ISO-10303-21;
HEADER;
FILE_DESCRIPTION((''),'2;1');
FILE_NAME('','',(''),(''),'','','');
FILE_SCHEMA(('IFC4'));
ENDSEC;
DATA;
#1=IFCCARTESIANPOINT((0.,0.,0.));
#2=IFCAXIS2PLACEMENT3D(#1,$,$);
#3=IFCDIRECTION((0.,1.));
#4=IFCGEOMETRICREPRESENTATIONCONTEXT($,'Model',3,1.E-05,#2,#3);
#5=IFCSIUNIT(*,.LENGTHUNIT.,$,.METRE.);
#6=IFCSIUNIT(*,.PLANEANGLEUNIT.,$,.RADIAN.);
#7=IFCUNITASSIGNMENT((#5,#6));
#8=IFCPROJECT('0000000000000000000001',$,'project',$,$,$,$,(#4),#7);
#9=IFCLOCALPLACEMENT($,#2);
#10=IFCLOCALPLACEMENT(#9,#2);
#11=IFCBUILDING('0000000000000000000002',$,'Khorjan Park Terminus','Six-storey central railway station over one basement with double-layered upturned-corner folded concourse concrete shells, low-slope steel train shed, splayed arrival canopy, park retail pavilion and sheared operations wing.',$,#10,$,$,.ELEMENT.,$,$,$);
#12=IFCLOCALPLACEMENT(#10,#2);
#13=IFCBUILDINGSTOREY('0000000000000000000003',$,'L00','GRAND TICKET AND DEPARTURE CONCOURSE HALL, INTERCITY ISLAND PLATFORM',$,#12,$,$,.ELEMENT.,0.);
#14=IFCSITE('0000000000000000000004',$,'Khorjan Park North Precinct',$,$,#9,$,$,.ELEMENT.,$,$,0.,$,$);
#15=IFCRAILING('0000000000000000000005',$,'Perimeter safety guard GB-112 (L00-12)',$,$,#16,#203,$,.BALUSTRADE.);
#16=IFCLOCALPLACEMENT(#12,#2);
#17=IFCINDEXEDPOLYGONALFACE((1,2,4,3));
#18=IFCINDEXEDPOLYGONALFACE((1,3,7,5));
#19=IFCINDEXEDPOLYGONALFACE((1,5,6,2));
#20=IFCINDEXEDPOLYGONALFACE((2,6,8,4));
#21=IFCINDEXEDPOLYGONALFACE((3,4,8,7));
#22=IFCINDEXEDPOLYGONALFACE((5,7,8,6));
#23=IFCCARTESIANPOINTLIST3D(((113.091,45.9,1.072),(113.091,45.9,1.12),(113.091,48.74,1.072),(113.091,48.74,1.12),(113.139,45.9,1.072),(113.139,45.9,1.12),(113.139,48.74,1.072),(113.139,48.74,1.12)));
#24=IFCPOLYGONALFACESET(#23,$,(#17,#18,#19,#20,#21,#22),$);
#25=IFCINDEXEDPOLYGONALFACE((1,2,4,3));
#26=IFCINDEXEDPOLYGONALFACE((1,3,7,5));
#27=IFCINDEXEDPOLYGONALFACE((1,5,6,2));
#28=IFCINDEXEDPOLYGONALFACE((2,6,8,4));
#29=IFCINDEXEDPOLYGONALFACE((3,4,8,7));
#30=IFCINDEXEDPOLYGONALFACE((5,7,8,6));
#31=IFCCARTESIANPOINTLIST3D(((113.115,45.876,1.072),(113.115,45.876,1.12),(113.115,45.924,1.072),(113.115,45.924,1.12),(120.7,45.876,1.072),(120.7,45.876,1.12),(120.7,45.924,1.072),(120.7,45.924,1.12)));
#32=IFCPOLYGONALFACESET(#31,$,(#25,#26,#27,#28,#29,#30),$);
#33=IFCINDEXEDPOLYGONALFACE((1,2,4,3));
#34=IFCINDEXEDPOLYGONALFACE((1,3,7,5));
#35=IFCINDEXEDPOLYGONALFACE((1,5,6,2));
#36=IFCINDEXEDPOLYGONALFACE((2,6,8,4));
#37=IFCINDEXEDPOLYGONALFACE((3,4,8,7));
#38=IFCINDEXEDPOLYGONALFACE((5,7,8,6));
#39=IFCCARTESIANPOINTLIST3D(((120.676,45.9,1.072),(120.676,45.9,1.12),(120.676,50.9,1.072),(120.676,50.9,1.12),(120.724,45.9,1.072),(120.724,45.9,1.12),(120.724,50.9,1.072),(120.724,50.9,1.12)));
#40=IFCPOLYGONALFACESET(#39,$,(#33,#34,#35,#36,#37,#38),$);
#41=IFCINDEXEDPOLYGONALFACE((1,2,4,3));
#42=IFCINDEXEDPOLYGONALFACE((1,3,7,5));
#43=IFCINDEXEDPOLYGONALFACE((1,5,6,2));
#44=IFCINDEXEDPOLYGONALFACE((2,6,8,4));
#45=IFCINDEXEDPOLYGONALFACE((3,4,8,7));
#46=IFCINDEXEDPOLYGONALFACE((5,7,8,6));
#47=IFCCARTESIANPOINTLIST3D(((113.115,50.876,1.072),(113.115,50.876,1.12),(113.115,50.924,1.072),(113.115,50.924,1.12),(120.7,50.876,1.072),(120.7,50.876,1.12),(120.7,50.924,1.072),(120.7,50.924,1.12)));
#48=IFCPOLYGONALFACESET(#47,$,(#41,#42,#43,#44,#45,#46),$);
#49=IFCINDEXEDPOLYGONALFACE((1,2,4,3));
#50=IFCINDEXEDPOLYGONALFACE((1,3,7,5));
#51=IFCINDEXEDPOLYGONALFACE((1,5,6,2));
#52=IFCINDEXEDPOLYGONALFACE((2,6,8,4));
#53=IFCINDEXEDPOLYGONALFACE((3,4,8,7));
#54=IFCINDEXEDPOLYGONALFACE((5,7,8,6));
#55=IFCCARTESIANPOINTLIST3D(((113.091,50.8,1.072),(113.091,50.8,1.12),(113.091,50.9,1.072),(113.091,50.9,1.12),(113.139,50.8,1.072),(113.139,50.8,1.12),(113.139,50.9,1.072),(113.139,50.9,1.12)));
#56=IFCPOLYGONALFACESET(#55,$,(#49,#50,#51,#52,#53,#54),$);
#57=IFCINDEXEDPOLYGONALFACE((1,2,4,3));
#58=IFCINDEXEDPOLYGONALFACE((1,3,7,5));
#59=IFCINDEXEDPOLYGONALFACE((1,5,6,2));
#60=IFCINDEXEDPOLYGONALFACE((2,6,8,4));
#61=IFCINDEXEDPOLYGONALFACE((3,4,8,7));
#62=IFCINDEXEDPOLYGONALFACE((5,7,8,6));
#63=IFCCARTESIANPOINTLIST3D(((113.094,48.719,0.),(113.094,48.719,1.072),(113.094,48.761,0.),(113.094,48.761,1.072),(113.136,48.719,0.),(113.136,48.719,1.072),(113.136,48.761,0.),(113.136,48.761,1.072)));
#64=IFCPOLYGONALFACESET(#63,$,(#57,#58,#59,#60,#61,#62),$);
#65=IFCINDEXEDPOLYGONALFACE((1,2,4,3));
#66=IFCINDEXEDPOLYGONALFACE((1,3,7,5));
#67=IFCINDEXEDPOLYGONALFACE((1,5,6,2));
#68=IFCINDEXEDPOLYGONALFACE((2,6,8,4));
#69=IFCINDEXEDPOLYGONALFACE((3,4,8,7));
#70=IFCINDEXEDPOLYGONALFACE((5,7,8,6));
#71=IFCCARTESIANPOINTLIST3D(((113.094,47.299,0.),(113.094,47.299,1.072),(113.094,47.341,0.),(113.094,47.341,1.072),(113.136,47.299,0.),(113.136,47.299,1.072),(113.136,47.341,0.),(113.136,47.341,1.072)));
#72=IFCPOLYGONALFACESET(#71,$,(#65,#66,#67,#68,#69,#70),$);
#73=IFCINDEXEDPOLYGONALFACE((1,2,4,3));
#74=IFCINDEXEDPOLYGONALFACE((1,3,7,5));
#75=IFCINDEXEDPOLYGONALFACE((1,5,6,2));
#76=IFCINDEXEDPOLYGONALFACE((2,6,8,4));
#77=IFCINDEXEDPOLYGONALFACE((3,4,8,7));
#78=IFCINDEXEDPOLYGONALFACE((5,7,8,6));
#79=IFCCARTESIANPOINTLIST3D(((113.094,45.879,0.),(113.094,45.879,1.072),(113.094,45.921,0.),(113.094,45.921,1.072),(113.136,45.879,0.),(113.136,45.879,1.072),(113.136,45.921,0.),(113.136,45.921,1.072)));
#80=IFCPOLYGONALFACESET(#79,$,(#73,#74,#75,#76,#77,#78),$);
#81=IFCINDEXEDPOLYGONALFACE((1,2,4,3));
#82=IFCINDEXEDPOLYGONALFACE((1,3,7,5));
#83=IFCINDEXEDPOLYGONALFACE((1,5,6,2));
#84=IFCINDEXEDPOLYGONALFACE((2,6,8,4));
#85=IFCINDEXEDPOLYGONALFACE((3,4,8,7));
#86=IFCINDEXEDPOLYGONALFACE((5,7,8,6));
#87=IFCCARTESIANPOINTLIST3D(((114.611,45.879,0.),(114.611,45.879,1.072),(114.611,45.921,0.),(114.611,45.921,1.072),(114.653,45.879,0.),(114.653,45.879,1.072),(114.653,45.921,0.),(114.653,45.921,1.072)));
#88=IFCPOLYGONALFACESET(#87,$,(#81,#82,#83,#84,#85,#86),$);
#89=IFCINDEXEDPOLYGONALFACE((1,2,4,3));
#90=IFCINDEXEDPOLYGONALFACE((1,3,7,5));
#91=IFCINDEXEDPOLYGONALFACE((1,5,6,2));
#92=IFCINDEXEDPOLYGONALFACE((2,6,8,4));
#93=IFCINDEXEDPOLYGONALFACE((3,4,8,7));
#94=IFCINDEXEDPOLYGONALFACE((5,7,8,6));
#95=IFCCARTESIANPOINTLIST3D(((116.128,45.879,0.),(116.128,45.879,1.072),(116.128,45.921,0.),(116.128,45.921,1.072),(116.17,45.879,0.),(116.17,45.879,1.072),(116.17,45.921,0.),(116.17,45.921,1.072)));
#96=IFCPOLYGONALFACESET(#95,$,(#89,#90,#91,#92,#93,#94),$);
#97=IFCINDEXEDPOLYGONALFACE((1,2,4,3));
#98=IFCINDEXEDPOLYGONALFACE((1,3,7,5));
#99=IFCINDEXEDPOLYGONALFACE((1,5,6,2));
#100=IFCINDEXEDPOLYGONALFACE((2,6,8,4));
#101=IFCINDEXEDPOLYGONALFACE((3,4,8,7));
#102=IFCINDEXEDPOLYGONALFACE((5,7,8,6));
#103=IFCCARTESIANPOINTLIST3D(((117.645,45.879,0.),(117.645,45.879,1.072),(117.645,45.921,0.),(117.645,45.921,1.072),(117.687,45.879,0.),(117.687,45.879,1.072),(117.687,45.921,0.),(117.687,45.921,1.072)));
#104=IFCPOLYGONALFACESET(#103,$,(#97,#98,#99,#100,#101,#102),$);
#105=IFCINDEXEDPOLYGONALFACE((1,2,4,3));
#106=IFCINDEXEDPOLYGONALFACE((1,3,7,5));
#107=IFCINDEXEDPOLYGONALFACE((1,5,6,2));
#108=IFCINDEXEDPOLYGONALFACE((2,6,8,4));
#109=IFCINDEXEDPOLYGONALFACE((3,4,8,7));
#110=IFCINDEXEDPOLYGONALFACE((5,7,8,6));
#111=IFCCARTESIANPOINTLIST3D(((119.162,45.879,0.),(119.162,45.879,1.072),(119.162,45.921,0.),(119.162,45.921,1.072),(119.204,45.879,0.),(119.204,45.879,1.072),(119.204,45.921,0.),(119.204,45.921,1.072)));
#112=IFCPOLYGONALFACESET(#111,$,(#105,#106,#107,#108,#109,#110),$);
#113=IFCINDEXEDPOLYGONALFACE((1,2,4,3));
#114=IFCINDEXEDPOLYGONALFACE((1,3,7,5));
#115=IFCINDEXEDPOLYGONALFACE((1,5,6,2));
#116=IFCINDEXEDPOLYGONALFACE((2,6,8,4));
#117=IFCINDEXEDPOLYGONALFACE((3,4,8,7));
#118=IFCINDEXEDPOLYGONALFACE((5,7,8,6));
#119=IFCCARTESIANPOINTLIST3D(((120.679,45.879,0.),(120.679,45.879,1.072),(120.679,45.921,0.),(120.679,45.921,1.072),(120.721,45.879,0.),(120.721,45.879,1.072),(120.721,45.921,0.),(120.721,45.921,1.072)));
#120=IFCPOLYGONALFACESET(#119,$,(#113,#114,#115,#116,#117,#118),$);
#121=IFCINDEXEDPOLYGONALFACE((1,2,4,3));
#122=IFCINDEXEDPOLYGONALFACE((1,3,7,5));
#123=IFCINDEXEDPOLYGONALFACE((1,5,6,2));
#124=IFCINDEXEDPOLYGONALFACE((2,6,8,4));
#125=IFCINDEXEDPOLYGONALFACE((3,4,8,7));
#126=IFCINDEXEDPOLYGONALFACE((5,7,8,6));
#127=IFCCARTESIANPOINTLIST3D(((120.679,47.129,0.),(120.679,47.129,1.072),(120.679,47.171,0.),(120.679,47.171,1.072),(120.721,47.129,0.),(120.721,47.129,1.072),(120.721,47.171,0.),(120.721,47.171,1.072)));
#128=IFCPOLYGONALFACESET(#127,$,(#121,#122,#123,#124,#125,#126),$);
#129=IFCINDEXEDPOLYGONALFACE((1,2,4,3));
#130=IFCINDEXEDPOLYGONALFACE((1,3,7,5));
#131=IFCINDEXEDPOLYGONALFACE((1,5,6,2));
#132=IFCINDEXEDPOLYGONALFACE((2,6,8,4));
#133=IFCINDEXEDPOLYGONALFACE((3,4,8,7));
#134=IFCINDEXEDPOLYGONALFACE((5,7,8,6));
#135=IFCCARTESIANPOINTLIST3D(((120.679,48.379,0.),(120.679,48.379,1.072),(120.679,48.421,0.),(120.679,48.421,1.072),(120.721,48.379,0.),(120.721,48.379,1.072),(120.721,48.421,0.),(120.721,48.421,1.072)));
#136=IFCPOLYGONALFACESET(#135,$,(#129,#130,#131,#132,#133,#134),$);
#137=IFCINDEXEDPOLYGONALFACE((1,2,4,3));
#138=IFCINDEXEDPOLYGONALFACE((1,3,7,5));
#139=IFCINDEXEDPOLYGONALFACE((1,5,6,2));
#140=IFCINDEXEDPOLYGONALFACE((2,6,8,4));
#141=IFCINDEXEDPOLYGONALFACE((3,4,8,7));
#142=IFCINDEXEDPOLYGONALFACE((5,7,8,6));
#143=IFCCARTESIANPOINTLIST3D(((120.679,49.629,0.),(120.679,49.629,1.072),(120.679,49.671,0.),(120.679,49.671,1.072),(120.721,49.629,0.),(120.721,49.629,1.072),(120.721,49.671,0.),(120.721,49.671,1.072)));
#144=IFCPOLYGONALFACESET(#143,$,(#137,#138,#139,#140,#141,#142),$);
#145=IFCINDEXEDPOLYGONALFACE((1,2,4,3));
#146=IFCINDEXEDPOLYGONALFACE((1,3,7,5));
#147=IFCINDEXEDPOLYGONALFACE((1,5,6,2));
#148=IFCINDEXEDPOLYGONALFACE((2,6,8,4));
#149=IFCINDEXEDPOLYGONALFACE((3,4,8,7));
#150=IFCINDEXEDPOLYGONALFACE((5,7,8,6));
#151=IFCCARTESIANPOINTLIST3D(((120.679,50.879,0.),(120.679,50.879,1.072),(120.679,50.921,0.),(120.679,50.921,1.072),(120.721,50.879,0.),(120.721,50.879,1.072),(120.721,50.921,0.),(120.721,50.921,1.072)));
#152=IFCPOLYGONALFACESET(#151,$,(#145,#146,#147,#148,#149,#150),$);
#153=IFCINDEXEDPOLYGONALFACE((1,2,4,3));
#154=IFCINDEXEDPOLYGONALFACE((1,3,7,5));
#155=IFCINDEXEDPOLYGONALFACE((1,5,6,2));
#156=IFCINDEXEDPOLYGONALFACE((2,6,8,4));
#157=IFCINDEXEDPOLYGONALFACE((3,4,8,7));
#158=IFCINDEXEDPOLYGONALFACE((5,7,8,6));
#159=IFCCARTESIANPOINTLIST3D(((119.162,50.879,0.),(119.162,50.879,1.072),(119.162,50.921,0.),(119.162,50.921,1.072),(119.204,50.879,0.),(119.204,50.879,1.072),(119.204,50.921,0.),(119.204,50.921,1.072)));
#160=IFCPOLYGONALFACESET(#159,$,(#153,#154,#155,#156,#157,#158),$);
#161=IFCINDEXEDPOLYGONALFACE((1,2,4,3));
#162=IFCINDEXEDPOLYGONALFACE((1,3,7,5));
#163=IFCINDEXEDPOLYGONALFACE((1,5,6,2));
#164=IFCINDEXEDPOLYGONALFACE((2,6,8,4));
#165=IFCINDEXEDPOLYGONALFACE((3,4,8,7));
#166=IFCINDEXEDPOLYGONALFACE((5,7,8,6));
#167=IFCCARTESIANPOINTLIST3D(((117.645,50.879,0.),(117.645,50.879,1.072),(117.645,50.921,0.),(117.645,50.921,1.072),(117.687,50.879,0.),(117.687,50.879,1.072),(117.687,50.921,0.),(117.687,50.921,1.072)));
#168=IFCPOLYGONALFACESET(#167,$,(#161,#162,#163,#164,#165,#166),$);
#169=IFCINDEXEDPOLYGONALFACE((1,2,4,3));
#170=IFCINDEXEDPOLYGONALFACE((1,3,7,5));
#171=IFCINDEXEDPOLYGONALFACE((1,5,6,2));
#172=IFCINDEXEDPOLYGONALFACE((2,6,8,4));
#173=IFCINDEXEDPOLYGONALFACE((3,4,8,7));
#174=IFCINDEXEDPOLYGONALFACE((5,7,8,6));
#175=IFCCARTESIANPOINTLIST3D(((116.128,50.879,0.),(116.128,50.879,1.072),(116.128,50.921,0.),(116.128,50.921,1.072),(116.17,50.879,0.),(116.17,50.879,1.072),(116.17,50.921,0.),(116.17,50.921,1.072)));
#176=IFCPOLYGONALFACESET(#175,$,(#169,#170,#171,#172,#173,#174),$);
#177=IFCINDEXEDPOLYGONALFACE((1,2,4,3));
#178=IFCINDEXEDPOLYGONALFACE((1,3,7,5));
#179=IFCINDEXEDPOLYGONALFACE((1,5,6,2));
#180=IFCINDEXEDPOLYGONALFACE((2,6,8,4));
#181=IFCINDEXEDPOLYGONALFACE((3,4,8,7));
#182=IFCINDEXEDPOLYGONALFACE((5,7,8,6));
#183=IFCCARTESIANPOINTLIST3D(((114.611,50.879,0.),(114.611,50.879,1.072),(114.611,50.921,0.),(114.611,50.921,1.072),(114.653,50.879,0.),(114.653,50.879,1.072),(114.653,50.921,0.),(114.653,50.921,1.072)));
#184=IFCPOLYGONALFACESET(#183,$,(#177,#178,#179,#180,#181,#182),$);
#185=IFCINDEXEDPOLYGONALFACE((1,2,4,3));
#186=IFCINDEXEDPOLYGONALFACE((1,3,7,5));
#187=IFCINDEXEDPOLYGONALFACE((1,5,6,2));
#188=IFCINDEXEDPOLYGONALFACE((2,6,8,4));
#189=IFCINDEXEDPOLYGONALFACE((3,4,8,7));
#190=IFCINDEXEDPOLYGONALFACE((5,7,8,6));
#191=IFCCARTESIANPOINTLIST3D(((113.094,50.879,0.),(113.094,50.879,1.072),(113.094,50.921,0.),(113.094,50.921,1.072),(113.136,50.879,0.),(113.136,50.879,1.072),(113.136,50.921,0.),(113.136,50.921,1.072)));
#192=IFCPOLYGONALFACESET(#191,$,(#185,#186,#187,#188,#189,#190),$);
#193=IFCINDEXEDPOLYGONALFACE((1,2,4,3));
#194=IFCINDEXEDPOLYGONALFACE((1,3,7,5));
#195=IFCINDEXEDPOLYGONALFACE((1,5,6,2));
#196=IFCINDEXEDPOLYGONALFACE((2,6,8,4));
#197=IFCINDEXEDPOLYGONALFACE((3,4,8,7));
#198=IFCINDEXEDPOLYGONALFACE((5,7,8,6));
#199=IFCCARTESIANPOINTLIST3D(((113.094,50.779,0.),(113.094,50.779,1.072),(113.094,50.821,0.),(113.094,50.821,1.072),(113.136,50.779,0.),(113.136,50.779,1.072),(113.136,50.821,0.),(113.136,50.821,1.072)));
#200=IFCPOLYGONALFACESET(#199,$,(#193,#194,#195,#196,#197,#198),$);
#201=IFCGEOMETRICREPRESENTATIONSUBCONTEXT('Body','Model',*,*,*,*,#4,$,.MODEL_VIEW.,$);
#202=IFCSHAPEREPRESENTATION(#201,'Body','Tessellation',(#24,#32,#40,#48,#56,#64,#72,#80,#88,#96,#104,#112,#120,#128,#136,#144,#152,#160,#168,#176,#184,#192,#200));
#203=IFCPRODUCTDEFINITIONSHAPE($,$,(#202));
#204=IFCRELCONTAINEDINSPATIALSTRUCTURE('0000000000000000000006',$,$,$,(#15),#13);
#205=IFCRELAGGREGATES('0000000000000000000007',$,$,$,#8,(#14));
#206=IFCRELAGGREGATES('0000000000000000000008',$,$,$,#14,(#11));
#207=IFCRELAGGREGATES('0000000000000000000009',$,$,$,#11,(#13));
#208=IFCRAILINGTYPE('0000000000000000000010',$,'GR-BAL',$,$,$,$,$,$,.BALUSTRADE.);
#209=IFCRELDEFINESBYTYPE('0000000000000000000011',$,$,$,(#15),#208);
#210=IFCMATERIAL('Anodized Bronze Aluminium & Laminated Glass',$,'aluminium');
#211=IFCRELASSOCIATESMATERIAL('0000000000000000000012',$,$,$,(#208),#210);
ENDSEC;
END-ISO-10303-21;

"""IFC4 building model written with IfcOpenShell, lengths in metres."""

from ifc_helpers import new_model, si_unit, direction, frame, origin, origin_2d, place, context, subcontext, project, spatial, rectangle, extrude, material, type_object, element, save


model = new_model("IFC4")

# Units and contexts
model_context = context("Model", 3, precision=1e-05, world=origin(), true_north=direction((0.0, 1.0)))
body_context = subcontext(model_context, "Body", "Model", "MODEL_VIEW")
ifc_project = project(units=[si_unit("LENGTHUNIT", "METRE"), si_unit("PLANEANGLEUNIT", "RADIAN")], contexts=[model_context])

# Site, building, storey
site_placement = place(None, origin())
site = spatial("IfcSite", under=ifc_project, at=site_placement, Name="Khorjan Park North Precinct", CompositionType="ELEMENT", RefElevation=0.0)
building_placement = place(site_placement, origin())
building = spatial("IfcBuilding", under=site, at=building_placement, Name="Khorjan Park Terminus", Description="Six-storey central railway station over one basement with double-layered upturned-corner folded concourse concrete shells, low-slope steel train shed, splayed arrival canopy, park retail pavilion and sheared operations wing.", CompositionType="ELEMENT")
storey_placement = place(building_placement, origin())
storey = spatial("IfcBuildingStorey", under=building, at=storey_placement, Name="L00", Description="GRAND TICKET AND DEPARTURE CONCOURSE HALL, INTERCITY ISLAND PLATFORM", CompositionType="ELEMENT", Elevation=0.0)

# Railing
ifc_material_1 = material(Name="Anodized Bronze Aluminium & Laminated Glass", Category="aluminium")
railing_type_1 = type_object("IfcRailingType", Name="GR-BAL", PredefinedType="BALUSTRADE", material=ifc_material_1)
railing_1_placement = place(storey_placement, frame((113.115, 48.74, 0.0)))
element("IfcRailing", 1, at=railing_1_placement, inside=storey, type_object=railing_type_1, Name="Perimeter safety guard GB-112 (L00-12)", PredefinedType="BALUSTRADE", context=body_context, shape_type="SweptSolid", body=[
    extrude(rectangle(XDim=0.048, YDim=0.048, at=origin_2d()), frame((0.0, 0.0, 1.096), z_axis=(0.0, -1.0, 0.0), x_axis=(1.0, 0.0, 0.0)), (0.0, 0.0, 1.0), 2.84),
    extrude(rectangle(XDim=0.048, YDim=0.048, at=origin_2d()), frame((0.0, -2.84, 1.096), z_axis=(1.0, 0.0, 0.0), x_axis=(0.0, 1.0, 0.0)), (0.0, 0.0, 1.0), 7.585),
    extrude(rectangle(XDim=0.048, YDim=0.048, at=origin_2d()), frame((7.585, -2.84, 1.096), z_axis=(0.0, 1.0, 0.0), x_axis=(-1.0, 0.0, 0.0)), (0.0, 0.0, 1.0), 5.0),
    extrude(rectangle(XDim=0.048, YDim=0.048, at=origin_2d()), frame((7.585, 2.16, 1.096), z_axis=(-1.0, 0.0, 0.0), x_axis=(0.0, -1.0, 0.0)), (0.0, 0.0, 1.0), 7.585),
    extrude(rectangle(XDim=0.048, YDim=0.048, at=origin_2d()), frame((0.0, 2.16, 1.096), z_axis=(0.0, -1.0, 0.0), x_axis=(1.0, 0.0, 0.0)), (0.0, 0.0, 1.0), 0.1),
    extrude(rectangle(XDim=0.042, YDim=0.042, at=origin_2d()), origin(), (0.0, 0.0, 1.0), 1.072),
    extrude(rectangle(XDim=0.042, YDim=0.042, at=origin_2d()), frame((0.0, -1.42, 0.0)), (0.0, 0.0, 1.0), 1.072),
    extrude(rectangle(XDim=0.042, YDim=0.042, at=origin_2d()), frame((0.0, -2.84, 0.0)), (0.0, 0.0, 1.0), 1.072),
    extrude(rectangle(XDim=0.042, YDim=0.042, at=origin_2d()), frame((1.517, -2.84, 0.0)), (0.0, 0.0, 1.0), 1.072),
    extrude(rectangle(XDim=0.042, YDim=0.042, at=origin_2d()), frame((3.034, -2.84, 0.0)), (0.0, 0.0, 1.0), 1.072),
    extrude(rectangle(XDim=0.042, YDim=0.042, at=origin_2d()), frame((4.551, -2.84, 0.0)), (0.0, 0.0, 1.0), 1.072),
    extrude(rectangle(XDim=0.042, YDim=0.042, at=origin_2d()), frame((6.068, -2.84, 0.0)), (0.0, 0.0, 1.0), 1.072),
    extrude(rectangle(XDim=0.042, YDim=0.042, at=origin_2d()), frame((7.585, -2.84, 0.0)), (0.0, 0.0, 1.0), 1.072),
    extrude(rectangle(XDim=0.042, YDim=0.042, at=origin_2d()), frame((7.585, -1.59, 0.0)), (0.0, 0.0, 1.0), 1.072),
    extrude(rectangle(XDim=0.042, YDim=0.042, at=origin_2d()), frame((7.585, -0.34, 0.0)), (0.0, 0.0, 1.0), 1.072),
    extrude(rectangle(XDim=0.042, YDim=0.042, at=origin_2d()), frame((7.585, 0.91, 0.0)), (0.0, 0.0, 1.0), 1.072),
    extrude(rectangle(XDim=0.042, YDim=0.042, at=origin_2d()), frame((7.585, 2.16, 0.0)), (0.0, 0.0, 1.0), 1.072),
    extrude(rectangle(XDim=0.042, YDim=0.042, at=origin_2d()), frame((6.068, 2.16, 0.0)), (0.0, 0.0, 1.0), 1.072),
    extrude(rectangle(XDim=0.042, YDim=0.042, at=origin_2d()), frame((4.551, 2.16, 0.0)), (0.0, 0.0, 1.0), 1.072),
    extrude(rectangle(XDim=0.042, YDim=0.042, at=origin_2d()), frame((3.034, 2.16, 0.0)), (0.0, 0.0, 1.0), 1.072),
    extrude(rectangle(XDim=0.042, YDim=0.042, at=origin_2d()), frame((1.517, 2.16, 0.0)), (0.0, 0.0, 1.0), 1.072),
    extrude(rectangle(XDim=0.042, YDim=0.042, at=origin_2d()), frame((0.0, 2.16, 0.0)), (0.0, 0.0, 1.0), 1.072),
    extrude(rectangle(XDim=0.042, YDim=0.042, at=origin_2d()), frame((0.0, 2.06, 0.0)), (0.0, 0.0, 1.0), 1.072),
])

save(model, "model.ifc")
